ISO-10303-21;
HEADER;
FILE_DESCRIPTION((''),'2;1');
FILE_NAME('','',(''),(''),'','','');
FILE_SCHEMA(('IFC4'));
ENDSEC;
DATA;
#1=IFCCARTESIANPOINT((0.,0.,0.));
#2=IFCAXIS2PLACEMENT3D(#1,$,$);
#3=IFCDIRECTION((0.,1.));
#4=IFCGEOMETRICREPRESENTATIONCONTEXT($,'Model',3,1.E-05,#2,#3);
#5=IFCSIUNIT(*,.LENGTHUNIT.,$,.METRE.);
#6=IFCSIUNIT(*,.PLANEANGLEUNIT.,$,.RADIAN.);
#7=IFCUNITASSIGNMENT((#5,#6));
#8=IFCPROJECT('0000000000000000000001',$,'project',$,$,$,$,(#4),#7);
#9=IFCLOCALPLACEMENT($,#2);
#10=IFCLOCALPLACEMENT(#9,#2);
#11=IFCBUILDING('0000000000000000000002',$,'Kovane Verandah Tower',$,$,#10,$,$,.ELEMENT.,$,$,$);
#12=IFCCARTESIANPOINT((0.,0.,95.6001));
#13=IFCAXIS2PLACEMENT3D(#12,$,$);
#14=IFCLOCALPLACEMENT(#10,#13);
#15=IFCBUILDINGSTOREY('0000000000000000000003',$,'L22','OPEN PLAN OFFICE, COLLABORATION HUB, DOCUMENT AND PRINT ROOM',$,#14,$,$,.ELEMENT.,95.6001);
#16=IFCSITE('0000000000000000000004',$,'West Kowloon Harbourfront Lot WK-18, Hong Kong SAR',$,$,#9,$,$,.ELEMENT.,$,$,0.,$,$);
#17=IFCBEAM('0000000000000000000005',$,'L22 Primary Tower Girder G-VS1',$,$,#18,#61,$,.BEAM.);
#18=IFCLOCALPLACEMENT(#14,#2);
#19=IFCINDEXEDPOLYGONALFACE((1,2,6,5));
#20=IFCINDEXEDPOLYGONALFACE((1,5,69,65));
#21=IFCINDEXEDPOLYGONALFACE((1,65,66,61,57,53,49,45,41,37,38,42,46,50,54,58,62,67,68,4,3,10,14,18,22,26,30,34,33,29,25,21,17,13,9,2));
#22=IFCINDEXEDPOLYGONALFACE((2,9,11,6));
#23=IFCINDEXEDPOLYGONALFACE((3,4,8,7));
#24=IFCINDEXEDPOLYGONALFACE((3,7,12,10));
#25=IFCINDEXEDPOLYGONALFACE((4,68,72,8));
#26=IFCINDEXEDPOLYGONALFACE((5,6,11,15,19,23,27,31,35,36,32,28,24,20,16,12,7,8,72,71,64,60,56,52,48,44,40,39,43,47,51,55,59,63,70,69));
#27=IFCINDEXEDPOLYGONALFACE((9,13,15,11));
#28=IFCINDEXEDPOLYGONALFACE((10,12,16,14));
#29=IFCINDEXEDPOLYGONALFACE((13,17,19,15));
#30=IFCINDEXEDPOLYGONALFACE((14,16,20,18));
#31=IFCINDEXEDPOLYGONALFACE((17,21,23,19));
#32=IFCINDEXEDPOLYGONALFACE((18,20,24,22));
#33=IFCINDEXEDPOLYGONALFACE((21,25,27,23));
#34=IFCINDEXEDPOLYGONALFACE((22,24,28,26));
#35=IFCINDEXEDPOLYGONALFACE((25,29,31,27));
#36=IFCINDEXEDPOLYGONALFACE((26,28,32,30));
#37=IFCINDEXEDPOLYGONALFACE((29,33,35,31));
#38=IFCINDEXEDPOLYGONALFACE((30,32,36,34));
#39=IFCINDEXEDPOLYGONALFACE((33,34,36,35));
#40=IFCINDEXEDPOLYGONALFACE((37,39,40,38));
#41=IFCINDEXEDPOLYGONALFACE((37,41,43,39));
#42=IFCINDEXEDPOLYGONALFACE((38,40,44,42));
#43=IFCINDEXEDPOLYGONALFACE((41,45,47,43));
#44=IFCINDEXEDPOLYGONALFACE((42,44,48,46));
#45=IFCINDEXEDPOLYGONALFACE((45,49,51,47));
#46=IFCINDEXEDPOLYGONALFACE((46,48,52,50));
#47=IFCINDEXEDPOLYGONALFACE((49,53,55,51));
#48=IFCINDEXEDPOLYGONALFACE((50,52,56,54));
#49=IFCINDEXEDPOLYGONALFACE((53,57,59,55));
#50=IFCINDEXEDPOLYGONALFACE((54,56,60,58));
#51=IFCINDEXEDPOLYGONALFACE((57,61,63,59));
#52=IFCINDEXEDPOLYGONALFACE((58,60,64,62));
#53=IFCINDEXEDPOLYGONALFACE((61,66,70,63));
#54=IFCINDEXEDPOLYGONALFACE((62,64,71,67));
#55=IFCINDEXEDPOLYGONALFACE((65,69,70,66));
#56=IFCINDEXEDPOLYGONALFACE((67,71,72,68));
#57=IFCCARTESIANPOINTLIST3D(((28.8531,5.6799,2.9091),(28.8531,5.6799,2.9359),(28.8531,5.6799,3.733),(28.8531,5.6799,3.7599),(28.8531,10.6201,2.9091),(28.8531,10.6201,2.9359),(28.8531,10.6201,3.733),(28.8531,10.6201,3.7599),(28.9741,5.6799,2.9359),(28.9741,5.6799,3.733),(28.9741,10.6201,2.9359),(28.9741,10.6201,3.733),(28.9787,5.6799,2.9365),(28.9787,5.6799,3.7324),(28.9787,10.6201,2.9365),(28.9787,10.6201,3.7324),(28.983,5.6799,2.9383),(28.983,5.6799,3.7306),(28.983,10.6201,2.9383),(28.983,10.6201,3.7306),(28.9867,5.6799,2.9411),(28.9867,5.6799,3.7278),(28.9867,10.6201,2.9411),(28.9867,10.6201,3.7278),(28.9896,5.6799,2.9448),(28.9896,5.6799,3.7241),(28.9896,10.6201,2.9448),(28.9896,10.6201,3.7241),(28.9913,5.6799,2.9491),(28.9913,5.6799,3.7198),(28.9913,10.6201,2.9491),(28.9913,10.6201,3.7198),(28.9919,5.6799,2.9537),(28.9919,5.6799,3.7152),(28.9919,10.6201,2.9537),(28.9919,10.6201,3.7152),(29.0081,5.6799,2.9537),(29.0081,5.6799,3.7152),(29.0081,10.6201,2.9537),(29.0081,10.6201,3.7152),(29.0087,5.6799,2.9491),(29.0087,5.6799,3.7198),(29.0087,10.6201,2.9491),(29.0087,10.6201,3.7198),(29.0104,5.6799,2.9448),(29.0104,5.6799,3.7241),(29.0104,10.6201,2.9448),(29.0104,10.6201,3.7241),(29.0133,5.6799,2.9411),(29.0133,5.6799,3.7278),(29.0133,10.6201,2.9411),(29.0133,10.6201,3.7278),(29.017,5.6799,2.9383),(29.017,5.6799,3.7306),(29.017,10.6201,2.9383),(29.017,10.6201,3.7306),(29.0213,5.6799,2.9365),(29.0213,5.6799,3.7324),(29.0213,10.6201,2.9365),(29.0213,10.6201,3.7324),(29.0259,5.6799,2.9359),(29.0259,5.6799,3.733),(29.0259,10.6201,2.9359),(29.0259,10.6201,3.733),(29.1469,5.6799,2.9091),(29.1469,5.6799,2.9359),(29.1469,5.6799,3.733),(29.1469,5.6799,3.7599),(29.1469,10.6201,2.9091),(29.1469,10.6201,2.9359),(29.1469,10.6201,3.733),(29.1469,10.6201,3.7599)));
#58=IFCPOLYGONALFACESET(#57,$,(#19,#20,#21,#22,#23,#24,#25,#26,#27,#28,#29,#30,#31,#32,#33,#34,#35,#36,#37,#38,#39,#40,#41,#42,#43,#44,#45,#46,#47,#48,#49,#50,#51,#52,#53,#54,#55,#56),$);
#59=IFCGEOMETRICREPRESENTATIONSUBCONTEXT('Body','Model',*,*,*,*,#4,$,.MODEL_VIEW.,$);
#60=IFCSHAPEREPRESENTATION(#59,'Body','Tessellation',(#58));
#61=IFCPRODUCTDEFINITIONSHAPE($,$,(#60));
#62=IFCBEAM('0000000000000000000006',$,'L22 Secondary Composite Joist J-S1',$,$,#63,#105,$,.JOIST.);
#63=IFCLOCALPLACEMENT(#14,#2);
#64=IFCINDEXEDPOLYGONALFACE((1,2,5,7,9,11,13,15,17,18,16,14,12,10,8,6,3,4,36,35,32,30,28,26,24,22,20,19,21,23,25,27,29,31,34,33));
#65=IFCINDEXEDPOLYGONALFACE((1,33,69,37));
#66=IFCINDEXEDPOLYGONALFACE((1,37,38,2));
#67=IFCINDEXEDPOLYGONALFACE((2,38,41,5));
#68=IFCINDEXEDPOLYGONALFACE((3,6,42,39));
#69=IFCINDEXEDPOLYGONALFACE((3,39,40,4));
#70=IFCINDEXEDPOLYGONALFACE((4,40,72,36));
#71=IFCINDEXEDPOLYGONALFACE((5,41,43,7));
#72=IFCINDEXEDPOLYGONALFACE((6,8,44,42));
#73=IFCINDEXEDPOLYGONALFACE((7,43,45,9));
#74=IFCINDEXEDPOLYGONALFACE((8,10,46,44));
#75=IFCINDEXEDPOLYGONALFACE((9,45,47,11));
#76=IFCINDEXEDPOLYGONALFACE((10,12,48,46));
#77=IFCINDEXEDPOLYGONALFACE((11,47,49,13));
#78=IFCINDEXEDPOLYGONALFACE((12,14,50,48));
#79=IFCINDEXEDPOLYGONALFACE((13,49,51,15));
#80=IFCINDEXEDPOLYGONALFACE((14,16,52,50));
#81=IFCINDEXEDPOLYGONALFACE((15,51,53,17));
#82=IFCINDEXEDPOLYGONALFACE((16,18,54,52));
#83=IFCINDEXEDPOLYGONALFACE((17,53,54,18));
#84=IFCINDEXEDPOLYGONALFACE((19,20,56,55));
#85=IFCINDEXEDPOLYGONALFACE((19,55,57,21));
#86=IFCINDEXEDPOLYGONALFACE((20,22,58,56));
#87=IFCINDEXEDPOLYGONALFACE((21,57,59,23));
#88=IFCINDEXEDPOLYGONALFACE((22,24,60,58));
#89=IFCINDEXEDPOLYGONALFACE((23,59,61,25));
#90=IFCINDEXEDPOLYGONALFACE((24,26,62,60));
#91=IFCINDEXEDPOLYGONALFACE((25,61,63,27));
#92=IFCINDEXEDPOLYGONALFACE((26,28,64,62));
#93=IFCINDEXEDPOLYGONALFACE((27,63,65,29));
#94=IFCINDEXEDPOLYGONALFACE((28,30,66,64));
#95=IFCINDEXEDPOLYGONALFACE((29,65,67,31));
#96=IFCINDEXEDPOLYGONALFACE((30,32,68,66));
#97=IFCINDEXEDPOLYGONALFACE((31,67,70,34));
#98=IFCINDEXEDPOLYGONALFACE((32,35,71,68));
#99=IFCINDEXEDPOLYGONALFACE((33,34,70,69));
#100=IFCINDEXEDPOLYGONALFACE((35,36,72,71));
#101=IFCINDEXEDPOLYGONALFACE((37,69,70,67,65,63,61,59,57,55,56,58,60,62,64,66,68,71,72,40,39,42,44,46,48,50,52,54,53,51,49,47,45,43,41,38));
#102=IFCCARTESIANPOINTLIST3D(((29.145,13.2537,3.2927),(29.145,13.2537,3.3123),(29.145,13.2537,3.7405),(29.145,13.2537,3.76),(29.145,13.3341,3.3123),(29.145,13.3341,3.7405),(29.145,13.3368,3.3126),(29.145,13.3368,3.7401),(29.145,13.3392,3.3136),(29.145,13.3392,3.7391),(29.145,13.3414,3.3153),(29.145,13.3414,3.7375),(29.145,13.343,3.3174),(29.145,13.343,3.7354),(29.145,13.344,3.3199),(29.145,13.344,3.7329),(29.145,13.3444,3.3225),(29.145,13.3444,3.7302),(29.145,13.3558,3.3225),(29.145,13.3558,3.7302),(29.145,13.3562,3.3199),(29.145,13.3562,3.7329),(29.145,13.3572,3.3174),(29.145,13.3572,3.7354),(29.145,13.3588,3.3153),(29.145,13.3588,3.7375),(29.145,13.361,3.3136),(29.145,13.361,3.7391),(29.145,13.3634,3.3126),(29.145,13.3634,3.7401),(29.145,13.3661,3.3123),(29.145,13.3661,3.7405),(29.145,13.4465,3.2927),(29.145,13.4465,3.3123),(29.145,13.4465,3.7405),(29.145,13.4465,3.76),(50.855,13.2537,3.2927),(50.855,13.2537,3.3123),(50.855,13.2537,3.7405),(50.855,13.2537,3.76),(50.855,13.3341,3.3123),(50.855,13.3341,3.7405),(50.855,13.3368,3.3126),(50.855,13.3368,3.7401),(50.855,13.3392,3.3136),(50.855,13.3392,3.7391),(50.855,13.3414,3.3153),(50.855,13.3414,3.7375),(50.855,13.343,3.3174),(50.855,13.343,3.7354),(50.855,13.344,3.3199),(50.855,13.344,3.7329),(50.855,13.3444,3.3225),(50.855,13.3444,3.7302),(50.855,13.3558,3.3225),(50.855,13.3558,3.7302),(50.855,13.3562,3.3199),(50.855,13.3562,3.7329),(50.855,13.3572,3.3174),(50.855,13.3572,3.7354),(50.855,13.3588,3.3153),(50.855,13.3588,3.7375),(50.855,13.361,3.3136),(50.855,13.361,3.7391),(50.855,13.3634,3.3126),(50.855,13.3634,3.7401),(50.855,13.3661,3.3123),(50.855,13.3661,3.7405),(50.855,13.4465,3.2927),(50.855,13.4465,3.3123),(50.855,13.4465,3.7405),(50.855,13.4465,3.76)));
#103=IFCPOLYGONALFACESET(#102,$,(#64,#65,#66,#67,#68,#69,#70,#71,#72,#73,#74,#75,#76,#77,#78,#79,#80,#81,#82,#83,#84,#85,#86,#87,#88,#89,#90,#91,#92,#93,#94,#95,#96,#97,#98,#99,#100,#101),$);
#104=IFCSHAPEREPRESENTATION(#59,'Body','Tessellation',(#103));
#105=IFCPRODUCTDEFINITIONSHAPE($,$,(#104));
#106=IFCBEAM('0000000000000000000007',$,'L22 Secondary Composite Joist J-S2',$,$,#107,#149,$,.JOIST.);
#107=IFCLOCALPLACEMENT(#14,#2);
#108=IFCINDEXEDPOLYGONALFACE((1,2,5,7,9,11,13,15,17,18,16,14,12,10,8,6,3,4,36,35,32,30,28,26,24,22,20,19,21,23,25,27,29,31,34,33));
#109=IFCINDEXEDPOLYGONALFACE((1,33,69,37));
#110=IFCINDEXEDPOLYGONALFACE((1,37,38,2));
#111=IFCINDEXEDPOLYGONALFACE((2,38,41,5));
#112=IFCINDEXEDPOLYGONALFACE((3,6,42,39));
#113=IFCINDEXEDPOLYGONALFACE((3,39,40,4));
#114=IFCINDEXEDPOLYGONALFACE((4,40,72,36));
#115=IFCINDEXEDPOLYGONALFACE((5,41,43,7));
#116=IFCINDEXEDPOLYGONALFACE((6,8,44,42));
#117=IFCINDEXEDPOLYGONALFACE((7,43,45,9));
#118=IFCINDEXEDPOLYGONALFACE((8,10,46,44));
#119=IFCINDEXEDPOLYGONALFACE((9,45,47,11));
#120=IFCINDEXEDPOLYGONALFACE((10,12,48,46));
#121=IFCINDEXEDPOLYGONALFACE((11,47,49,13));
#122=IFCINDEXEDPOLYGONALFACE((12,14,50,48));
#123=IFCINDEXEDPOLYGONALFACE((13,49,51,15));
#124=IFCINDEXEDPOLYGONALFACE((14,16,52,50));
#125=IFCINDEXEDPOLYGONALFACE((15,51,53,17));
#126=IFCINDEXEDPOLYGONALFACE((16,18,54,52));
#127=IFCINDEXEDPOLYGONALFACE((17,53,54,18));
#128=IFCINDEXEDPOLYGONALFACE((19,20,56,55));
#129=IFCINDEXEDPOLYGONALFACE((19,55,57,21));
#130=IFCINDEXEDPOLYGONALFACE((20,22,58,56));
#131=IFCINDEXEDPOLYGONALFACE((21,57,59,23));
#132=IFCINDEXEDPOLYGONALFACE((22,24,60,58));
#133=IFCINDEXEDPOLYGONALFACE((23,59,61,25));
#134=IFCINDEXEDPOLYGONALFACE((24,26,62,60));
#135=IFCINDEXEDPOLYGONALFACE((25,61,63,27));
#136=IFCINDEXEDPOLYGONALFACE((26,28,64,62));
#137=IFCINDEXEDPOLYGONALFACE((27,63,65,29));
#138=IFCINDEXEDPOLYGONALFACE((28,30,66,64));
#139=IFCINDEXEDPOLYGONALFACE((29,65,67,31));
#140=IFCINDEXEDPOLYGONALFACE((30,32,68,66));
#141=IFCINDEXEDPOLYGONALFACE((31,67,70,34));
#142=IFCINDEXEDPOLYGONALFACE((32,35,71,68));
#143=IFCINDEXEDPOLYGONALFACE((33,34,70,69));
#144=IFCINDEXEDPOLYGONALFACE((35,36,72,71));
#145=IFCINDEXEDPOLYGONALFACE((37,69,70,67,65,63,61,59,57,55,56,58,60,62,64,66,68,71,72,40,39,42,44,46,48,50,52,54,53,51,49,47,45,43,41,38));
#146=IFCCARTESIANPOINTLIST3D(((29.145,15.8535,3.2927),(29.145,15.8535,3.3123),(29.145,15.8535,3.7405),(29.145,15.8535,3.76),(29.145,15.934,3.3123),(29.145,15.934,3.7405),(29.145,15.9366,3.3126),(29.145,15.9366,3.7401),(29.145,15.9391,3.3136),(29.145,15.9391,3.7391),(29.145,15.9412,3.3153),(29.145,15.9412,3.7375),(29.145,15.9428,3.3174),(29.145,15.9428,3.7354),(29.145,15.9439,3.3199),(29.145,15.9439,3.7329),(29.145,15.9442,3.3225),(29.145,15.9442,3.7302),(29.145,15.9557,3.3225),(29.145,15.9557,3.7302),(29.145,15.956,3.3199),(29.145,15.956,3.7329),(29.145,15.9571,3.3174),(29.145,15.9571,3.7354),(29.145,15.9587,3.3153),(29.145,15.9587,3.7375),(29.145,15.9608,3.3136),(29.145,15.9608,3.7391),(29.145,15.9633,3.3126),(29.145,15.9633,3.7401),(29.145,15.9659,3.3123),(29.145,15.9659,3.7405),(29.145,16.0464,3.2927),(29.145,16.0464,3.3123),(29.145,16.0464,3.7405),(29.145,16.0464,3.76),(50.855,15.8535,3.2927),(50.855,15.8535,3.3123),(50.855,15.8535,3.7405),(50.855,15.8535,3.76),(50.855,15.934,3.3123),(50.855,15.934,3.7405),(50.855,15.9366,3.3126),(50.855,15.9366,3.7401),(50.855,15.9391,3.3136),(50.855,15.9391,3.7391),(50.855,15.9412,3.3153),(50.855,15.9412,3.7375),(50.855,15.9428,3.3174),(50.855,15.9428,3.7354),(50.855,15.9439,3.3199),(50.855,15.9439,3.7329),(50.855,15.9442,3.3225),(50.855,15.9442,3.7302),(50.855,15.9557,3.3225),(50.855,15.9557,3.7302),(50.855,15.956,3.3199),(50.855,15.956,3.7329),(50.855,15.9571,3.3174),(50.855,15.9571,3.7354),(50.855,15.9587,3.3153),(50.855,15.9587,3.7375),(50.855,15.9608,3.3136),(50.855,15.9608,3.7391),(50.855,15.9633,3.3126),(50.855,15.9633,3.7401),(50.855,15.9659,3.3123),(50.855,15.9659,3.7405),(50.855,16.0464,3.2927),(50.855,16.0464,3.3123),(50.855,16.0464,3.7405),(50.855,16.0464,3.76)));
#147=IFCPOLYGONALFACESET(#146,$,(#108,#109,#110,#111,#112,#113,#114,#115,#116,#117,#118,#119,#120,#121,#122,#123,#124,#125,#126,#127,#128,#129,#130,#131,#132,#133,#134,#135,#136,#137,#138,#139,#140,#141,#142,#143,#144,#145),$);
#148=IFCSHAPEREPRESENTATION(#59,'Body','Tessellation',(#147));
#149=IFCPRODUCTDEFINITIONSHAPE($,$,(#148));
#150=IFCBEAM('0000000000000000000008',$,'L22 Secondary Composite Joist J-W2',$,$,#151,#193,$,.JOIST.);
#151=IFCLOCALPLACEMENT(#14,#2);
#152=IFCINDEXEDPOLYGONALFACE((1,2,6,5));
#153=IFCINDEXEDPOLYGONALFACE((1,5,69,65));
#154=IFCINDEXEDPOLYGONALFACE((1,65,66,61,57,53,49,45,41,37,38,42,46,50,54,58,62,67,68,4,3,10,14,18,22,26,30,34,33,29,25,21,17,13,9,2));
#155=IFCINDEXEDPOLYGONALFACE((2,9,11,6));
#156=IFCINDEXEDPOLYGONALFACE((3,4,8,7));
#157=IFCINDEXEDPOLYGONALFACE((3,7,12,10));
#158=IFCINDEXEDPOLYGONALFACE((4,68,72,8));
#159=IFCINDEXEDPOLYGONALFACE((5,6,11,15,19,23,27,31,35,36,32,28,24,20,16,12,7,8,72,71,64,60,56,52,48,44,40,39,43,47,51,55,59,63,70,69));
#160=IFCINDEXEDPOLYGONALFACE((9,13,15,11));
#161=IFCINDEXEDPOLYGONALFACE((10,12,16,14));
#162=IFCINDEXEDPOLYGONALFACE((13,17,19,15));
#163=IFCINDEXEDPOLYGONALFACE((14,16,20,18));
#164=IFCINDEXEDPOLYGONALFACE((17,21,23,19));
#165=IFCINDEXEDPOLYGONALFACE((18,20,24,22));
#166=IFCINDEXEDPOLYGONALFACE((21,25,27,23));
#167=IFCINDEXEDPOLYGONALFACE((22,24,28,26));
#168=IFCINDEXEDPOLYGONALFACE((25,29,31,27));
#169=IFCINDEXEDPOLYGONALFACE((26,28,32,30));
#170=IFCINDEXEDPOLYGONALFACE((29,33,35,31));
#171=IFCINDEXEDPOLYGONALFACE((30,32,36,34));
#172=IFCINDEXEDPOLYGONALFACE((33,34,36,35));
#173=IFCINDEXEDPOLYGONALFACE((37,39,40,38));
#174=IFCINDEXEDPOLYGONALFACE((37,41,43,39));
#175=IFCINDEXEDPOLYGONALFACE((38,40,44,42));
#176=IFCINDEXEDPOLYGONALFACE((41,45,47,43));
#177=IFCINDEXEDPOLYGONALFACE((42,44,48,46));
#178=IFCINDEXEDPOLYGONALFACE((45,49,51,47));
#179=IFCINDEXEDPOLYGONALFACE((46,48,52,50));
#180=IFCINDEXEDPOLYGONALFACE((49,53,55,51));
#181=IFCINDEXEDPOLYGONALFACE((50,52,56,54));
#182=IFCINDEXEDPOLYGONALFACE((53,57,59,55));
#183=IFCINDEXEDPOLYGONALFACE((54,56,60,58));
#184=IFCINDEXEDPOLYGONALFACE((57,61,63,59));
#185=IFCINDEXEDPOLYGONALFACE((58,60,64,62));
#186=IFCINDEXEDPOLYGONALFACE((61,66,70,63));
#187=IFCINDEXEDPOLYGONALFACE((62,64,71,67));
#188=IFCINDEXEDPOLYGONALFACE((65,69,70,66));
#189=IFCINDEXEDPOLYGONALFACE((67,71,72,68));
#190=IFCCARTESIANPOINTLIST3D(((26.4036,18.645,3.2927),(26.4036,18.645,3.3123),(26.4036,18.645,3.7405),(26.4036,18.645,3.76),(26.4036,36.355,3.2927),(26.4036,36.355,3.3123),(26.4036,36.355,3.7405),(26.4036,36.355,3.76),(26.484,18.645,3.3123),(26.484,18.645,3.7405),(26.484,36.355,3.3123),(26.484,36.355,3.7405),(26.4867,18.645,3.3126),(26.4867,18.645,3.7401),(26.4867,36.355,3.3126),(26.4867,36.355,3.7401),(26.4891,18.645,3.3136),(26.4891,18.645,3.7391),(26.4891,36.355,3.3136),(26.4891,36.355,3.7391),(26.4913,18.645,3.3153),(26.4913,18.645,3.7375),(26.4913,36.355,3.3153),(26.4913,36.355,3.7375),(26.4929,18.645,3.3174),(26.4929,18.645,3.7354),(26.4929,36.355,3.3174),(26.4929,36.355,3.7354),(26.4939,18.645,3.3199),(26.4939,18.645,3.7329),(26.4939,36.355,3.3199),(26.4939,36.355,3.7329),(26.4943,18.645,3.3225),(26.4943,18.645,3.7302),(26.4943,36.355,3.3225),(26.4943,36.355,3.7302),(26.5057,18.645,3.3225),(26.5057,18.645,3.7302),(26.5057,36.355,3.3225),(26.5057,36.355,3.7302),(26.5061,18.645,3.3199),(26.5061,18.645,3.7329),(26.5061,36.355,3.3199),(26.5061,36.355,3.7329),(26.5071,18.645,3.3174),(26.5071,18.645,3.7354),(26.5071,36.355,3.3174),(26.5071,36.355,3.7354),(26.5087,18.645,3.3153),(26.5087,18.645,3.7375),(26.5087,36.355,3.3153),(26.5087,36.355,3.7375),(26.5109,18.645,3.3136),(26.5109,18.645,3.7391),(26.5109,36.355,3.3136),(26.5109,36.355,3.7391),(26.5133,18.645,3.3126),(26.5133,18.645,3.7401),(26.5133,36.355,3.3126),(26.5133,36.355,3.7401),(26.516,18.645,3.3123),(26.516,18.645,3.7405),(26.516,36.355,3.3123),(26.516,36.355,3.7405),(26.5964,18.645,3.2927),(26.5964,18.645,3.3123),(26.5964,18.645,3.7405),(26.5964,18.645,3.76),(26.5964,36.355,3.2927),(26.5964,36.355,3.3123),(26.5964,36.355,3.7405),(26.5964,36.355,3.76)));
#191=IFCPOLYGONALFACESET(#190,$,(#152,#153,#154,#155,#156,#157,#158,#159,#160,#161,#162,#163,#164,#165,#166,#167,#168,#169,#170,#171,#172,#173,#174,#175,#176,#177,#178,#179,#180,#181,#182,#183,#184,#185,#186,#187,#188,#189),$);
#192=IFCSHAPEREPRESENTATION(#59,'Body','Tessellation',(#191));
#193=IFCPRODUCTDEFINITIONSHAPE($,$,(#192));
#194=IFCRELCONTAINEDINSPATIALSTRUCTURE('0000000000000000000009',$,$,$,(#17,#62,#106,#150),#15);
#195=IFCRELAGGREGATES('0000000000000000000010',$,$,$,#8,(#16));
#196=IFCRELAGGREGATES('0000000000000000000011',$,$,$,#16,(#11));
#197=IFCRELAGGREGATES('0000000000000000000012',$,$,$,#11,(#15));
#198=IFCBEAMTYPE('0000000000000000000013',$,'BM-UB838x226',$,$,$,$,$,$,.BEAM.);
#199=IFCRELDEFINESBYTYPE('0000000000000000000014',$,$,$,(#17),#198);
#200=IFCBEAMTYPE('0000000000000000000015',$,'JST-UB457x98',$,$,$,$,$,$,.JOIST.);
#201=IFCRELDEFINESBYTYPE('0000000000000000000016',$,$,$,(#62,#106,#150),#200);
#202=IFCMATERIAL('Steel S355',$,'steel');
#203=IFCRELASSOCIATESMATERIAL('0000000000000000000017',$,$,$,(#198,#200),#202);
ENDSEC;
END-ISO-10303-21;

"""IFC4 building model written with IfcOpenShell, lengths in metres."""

from ifc_helpers import new_model, si_unit, direction, frame, origin, origin_2d, place, context, subcontext, project, spatial, i_section, extrude, material, material_profile, profile_set, type_object, element, save


model = new_model("IFC4")

# Units and contexts
model_context = context("Model", 3, precision=1e-05, world=origin(), true_north=direction((0.0, 1.0)))
body_context = subcontext(model_context, "Body", "Model", "MODEL_VIEW")
ifc_project = project(units=[si_unit("LENGTHUNIT", "METRE"), si_unit("PLANEANGLEUNIT", "RADIAN")], contexts=[model_context])

# Site, building, storey
site_placement = place(None, origin())
site = spatial("IfcSite", under=ifc_project, at=site_placement, Name="West Kowloon Harbourfront Lot WK-18, Hong Kong SAR", CompositionType="ELEMENT", RefElevation=0.0)
building_placement = place(site_placement, origin())
building = spatial("IfcBuilding", under=site, at=building_placement, Name="Kovane Verandah Tower", CompositionType="ELEMENT")
storey_placement = place(building_placement, frame((0.0, 0.0, 95.6001)))
storey = spatial("IfcBuildingStorey", under=building, at=storey_placement, Name="L22", Description="OPEN PLAN OFFICE, COLLABORATION HUB, DOCUMENT AND PRINT ROOM", CompositionType="ELEMENT", Elevation=95.6001)

# Beams
ifc_material_1 = material(Name="Steel S355", Category="steel")
ifc_material_profile_1 = material_profile(ifc_material_1, i_section(OverallWidth=0.2937, OverallDepth=0.8508, WebThickness=0.0161, FlangeThickness=0.0269, FilletRadius=0.0178, at=origin_2d()), Name="UB838x292x226")
ifc_profile_set_1 = profile_set([ifc_material_profile_1], Name="Steel S355")
beam_type_1 = type_object("IfcBeamType", Name="BM-UB838x226", PredefinedType="BEAM", material=ifc_profile_set_1)
beam_1_placement = place(storey_placement, frame((29.0, 10.6201, 3.3345), z_axis=(0.0, -1.0, 0.0), x_axis=(1.0, 0.0, 0.0)))
element("IfcBeam", 1, at=beam_1_placement, inside=storey, type_object=beam_type_1, Name="L22 Primary Tower Girder G-VS1", PredefinedType="BEAM", context=body_context, shape_type="SweptSolid", body=[
    extrude(i_section(OverallWidth=0.2937, OverallDepth=0.8508, WebThickness=0.0161, FlangeThickness=0.0269, FilletRadius=0.0178, at=origin_2d()), origin(), (0.0, 0.0, 1.0), 4.9402),
])
ifc_material_profile_2 = material_profile(ifc_material_1, i_section(OverallWidth=0.1929, OverallDepth=0.4673, WebThickness=0.0115, FlangeThickness=0.0195, FilletRadius=0.0103, at=origin_2d()), Name="UB457x191x98")
ifc_profile_set_2 = profile_set([ifc_material_profile_2], Name="Steel S355")
beam_type_2 = type_object("IfcBeamType", Name="JST-UB457x98", PredefinedType="JOIST", material=ifc_profile_set_2)
for number, where, z_axis, x_axis, name in (
    (2, (29.145, 13.3501, 3.5264), (1.0, 0.0, 0.0), (0.0, 1.0, 0.0), "L22 Secondary Composite Joist J-S1"),
    (3, (29.145, 15.95, 3.5264), (1.0, 0.0, 0.0), (0.0, 1.0, 0.0), "L22 Secondary Composite Joist J-S2"),
):
    element("IfcBeam", number, at=place(storey_placement, frame(where, z_axis=z_axis, x_axis=x_axis)), inside=storey, type_object=beam_type_2, Name=name, PredefinedType="JOIST", context=body_context, shape_type="SweptSolid", body=[
        extrude(i_section(OverallWidth=0.1929, OverallDepth=0.4673, WebThickness=0.0115, FlangeThickness=0.0195, FilletRadius=0.0103, at=origin_2d()), origin(), (0.0, 0.0, 1.0), 21.71),
    ])
beam_2_placement = place(storey_placement, frame((26.5, 18.645, 3.5264), z_axis=(0.0, 1.0, 0.0), x_axis=(-1.0, 0.0, 0.0)))
element("IfcBeam", 4, at=beam_2_placement, inside=storey, type_object=beam_type_2, Name="L22 Secondary Composite Joist J-W2", PredefinedType="JOIST", context=body_context, shape_type="SweptSolid", body=[
    extrude(i_section(OverallWidth=0.1929, OverallDepth=0.4673, WebThickness=0.0115, FlangeThickness=0.0195, FilletRadius=0.0103, at=origin_2d()), origin(), (0.0, 0.0, 1.0), 17.71),
])

save(model, "model.ifc")
